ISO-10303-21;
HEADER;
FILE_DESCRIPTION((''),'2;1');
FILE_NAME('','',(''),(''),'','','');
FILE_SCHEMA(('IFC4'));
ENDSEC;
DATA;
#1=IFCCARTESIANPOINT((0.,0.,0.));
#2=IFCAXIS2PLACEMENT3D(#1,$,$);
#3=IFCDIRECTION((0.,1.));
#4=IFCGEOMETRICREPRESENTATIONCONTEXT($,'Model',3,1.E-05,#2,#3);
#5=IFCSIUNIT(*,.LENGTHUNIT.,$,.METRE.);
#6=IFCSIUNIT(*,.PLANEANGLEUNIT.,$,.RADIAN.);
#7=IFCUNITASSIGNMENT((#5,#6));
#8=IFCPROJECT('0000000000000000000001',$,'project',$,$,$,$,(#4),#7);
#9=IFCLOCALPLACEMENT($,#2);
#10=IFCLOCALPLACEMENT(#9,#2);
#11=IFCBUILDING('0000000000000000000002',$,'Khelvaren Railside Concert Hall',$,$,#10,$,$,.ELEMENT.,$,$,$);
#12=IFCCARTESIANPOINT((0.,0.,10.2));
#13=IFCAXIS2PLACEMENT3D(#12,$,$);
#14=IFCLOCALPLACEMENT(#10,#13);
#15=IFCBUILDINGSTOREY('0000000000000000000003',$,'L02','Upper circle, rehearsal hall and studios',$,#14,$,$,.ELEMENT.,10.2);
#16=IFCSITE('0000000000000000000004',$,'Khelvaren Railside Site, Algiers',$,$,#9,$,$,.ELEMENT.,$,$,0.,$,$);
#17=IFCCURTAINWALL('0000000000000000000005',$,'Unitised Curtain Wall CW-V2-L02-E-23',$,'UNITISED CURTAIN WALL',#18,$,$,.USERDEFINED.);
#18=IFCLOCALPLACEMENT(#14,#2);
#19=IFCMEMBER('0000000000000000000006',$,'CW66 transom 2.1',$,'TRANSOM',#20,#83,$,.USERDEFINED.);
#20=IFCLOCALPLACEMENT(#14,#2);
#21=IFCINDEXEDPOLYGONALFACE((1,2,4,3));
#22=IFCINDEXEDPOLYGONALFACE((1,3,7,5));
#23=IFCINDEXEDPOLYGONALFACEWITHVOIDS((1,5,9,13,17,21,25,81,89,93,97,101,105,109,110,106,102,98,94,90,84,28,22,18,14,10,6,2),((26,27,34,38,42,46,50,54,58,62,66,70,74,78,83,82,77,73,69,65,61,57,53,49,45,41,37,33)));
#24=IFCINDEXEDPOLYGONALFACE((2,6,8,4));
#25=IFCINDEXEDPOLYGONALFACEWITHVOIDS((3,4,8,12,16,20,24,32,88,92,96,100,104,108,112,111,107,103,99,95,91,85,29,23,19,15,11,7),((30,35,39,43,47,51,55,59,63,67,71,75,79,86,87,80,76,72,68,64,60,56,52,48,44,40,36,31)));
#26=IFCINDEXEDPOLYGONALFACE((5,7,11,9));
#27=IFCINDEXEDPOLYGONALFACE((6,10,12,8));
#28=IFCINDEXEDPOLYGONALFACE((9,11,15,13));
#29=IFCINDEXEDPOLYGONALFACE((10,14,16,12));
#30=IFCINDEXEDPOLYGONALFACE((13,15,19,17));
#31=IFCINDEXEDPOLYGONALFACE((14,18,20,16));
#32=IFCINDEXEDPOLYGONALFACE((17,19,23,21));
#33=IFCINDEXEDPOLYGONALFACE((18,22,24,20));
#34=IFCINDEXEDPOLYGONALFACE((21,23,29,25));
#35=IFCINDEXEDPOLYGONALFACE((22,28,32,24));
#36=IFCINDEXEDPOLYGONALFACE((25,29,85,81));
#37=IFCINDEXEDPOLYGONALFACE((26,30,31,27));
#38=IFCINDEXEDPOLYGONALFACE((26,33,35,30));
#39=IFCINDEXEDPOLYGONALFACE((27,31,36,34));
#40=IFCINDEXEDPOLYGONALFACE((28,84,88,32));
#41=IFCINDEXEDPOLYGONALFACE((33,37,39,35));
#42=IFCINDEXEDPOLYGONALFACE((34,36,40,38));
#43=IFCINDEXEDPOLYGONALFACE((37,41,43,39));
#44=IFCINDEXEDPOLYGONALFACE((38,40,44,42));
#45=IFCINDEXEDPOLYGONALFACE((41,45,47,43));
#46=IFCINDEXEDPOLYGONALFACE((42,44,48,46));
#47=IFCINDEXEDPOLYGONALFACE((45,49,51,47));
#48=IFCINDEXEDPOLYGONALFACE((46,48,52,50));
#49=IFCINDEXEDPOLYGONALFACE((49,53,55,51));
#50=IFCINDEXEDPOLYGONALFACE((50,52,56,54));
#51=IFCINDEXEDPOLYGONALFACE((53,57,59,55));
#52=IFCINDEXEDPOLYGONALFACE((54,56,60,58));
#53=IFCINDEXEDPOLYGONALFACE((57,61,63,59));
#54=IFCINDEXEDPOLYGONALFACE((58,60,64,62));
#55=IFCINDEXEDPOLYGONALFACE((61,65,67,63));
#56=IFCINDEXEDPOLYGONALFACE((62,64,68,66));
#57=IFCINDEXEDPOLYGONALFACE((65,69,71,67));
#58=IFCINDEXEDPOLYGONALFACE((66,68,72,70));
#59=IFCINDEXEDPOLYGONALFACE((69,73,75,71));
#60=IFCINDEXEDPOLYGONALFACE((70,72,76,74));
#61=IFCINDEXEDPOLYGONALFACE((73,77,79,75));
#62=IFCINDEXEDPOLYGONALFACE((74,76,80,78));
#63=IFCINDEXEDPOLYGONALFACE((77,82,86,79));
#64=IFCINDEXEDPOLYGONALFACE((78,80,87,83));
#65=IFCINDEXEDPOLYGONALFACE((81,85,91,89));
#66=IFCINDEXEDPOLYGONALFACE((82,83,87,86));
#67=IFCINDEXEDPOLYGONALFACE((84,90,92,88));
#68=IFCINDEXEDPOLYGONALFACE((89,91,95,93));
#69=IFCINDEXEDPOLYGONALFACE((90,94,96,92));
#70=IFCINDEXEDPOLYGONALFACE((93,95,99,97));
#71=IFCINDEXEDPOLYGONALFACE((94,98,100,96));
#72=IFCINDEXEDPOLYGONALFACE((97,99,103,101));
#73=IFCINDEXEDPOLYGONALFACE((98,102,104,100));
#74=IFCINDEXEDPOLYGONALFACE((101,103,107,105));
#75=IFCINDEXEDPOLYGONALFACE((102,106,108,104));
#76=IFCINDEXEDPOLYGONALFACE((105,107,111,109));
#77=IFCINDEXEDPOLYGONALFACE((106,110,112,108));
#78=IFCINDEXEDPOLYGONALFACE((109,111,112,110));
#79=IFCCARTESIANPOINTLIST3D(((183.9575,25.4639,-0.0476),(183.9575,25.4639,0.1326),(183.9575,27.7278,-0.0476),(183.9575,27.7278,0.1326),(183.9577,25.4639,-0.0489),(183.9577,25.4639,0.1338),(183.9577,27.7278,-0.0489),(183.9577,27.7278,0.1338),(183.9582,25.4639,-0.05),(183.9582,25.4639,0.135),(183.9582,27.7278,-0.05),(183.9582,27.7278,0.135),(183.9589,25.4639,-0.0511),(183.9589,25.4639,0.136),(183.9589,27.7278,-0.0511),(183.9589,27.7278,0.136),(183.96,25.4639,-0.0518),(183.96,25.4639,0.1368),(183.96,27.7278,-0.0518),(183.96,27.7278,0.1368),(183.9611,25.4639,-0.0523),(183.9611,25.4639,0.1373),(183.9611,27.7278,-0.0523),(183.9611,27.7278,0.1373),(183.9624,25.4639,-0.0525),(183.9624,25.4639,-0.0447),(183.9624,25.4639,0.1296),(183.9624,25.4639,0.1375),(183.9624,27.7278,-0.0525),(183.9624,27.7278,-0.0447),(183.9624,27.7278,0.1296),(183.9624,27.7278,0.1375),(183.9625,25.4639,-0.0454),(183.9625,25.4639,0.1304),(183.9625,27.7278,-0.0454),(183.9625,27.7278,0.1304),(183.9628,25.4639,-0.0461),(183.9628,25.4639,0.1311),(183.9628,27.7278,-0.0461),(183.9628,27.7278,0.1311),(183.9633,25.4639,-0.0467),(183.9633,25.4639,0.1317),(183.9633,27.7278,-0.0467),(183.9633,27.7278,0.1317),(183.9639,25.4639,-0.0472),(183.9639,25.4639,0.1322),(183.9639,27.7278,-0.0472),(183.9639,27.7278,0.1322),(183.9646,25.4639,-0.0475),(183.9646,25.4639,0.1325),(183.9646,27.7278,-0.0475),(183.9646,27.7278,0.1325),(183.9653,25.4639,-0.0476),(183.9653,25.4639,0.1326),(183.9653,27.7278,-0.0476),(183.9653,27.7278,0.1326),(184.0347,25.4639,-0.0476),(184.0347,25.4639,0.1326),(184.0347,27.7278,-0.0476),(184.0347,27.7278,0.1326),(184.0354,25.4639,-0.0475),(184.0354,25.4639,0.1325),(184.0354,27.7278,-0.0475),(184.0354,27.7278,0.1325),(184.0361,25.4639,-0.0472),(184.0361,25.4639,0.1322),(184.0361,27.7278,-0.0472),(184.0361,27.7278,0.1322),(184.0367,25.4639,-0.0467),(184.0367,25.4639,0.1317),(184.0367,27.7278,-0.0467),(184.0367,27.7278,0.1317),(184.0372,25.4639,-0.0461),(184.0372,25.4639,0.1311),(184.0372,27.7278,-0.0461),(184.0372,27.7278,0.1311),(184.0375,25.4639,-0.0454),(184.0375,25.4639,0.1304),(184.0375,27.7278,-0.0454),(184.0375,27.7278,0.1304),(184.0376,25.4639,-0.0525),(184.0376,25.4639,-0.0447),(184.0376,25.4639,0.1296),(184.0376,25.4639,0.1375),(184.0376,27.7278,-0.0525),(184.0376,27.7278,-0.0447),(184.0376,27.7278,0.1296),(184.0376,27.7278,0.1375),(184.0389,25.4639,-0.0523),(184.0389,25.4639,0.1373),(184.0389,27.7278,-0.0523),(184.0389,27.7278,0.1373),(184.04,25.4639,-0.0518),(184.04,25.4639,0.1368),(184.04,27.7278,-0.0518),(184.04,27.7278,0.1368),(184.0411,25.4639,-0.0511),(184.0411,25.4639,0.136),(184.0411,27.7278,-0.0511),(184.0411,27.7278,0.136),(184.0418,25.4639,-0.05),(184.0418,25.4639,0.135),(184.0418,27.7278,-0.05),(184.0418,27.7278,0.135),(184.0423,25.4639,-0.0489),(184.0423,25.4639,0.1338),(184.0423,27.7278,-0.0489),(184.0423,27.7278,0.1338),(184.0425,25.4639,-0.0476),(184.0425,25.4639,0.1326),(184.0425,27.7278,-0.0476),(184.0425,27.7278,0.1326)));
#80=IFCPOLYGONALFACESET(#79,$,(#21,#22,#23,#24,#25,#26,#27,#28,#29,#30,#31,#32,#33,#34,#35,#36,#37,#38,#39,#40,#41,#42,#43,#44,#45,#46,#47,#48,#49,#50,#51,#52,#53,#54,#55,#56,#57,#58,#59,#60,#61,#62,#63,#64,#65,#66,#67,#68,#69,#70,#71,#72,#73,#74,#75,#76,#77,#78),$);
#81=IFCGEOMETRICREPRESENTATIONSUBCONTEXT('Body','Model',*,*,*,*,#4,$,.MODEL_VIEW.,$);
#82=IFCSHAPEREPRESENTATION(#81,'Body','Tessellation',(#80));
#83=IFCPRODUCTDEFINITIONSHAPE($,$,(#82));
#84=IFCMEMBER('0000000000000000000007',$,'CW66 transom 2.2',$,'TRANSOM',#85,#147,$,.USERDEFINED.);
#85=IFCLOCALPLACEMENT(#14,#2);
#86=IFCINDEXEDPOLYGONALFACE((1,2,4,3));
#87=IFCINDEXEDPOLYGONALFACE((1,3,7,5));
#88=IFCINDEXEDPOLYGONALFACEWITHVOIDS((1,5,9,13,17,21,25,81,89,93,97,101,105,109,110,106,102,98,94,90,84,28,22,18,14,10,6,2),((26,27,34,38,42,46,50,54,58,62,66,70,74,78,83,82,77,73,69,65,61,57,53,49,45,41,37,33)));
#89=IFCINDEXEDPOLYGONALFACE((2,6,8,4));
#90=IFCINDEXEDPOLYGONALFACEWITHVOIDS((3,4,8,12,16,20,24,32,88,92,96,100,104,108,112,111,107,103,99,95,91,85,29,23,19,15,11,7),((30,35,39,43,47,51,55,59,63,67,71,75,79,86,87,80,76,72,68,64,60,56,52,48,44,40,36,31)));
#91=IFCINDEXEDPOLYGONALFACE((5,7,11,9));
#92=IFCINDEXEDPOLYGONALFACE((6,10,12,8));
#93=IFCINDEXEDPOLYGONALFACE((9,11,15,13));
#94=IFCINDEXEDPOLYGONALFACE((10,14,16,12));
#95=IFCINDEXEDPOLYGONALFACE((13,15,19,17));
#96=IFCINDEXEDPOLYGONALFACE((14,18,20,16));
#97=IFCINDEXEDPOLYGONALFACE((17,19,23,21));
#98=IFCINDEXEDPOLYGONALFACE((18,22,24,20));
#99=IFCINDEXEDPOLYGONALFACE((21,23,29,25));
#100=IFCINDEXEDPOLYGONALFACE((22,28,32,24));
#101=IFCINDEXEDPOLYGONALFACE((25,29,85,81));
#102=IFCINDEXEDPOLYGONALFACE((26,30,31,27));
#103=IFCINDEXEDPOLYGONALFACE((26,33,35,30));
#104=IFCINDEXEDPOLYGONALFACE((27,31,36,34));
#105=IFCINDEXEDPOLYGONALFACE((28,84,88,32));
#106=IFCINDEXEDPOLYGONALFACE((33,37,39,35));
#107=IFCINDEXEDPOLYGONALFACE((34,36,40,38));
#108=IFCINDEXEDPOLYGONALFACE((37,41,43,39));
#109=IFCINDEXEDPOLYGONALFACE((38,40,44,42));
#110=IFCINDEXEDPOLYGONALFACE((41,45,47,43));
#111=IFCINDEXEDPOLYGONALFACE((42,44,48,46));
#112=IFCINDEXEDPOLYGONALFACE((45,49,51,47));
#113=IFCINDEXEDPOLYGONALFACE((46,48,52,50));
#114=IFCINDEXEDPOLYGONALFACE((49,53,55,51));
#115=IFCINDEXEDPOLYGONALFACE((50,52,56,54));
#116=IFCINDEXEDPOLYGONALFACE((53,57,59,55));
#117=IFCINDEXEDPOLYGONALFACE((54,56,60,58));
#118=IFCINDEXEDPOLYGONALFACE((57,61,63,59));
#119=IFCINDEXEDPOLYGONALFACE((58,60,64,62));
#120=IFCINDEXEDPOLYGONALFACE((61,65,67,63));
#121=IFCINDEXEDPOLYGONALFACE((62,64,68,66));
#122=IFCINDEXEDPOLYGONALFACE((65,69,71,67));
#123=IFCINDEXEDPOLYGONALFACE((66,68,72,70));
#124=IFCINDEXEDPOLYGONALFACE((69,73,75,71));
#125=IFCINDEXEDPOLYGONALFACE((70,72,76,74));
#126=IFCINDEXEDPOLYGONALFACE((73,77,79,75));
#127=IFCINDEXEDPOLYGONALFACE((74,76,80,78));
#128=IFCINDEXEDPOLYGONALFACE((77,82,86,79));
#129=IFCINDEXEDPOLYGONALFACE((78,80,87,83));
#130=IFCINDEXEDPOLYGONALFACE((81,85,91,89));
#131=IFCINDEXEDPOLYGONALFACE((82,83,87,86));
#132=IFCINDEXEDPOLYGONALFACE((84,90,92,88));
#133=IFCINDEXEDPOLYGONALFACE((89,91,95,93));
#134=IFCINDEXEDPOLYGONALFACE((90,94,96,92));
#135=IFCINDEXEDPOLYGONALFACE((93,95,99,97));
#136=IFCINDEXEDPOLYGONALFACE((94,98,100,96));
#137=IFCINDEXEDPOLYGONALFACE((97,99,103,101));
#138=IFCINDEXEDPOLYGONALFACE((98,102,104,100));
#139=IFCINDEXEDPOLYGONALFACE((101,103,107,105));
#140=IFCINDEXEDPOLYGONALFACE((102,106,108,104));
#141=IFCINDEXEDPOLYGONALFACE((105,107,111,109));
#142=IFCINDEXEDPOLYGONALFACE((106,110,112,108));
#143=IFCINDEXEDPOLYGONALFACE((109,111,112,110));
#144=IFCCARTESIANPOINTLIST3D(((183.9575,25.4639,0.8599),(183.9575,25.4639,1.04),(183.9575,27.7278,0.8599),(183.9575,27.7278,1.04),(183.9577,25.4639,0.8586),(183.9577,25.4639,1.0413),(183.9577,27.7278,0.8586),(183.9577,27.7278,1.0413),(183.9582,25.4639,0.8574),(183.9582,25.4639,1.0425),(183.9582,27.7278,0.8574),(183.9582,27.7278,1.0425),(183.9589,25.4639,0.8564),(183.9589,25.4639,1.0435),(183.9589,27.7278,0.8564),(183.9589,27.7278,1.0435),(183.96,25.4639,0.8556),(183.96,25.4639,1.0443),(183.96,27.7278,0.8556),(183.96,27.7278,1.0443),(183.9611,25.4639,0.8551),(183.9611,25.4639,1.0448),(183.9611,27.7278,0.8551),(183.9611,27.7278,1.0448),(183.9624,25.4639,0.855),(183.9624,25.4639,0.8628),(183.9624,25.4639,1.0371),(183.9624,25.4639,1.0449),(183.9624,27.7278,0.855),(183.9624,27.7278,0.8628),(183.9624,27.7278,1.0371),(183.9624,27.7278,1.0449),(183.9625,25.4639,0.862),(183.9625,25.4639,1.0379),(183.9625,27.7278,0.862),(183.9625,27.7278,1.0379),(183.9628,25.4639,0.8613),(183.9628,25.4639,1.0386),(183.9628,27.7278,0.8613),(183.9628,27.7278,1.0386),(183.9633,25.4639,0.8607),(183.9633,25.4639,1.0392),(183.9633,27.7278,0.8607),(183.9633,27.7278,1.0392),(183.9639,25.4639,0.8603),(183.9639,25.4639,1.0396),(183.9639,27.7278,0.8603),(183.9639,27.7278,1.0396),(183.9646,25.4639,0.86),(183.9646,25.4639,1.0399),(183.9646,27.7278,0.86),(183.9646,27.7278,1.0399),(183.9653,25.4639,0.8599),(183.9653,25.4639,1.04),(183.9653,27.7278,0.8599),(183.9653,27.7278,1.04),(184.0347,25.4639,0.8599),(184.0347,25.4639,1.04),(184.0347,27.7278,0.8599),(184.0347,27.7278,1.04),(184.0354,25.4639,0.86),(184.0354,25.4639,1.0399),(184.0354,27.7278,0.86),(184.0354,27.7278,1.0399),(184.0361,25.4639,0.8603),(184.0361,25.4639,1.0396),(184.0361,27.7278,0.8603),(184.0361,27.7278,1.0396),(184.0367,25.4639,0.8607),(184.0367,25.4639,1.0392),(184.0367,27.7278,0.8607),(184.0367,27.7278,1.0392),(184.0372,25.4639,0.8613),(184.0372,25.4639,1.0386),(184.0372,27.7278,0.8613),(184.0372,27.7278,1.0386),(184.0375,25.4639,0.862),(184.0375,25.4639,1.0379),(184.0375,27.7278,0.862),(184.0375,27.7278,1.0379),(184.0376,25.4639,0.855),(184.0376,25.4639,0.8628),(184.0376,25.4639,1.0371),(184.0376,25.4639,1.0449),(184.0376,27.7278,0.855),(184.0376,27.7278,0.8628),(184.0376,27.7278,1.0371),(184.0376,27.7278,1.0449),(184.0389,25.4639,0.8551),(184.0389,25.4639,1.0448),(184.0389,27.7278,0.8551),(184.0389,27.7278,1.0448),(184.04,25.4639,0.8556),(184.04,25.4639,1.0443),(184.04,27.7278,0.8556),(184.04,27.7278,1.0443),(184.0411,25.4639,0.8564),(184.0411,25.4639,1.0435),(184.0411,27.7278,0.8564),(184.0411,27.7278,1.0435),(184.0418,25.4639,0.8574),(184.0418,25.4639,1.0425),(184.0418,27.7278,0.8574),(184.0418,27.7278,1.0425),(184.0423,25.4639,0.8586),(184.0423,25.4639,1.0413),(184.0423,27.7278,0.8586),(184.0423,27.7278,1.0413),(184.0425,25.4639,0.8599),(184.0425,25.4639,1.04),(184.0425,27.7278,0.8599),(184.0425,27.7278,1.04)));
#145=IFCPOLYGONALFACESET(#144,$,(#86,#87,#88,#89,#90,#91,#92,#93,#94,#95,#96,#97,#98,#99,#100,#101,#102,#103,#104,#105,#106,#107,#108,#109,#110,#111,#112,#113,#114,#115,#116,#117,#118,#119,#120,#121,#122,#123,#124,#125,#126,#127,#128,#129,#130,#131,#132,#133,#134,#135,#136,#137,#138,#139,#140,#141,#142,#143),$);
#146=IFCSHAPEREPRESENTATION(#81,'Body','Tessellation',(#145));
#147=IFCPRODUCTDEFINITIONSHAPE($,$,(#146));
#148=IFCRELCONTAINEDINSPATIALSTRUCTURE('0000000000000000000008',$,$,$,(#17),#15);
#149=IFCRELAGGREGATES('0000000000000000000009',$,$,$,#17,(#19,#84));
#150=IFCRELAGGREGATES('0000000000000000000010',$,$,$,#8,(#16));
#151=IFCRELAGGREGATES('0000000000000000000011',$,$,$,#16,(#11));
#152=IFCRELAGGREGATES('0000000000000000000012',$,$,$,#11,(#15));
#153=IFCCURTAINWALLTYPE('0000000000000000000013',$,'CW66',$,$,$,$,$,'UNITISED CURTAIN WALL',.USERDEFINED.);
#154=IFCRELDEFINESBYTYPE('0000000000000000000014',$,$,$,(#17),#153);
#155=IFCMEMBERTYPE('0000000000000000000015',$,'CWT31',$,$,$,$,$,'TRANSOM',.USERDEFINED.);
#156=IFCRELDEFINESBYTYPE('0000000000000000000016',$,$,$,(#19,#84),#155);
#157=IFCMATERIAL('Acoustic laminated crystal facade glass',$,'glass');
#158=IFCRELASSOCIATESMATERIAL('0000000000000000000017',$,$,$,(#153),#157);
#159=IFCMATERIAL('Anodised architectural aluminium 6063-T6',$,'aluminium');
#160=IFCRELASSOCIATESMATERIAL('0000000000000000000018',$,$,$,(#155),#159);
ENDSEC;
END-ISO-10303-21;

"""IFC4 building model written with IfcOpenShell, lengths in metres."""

from ifc_helpers import new_model, si_unit, direction, frame, origin, origin_2d, place, context, subcontext, project, spatial, hollow_rectangle, extrude, material, material_profile, profile_set, type_object, element, aggregate, save


model = new_model("IFC4")

# Units and contexts
model_context = context("Model", 3, precision=1e-05, world=origin(), true_north=direction((0.0, 1.0)))
body_context = subcontext(model_context, "Body", "Model", "MODEL_VIEW")
ifc_project = project(units=[si_unit("LENGTHUNIT", "METRE"), si_unit("PLANEANGLEUNIT", "RADIAN")], contexts=[model_context])

# Site, building, storey
site_placement = place(None, origin())
site = spatial("IfcSite", under=ifc_project, at=site_placement, Name="Khelvaren Railside Site, Algiers", CompositionType="ELEMENT", RefElevation=0.0)
building_placement = place(site_placement, origin())
building = spatial("IfcBuilding", under=site, at=building_placement, Name="Khelvaren Railside Concert Hall", CompositionType="ELEMENT")
storey_placement = place(building_placement, frame((0.0, 0.0, 10.2)))
storey = spatial("IfcBuildingStorey", under=building, at=storey_placement, Name="L02", Description="Upper circle, rehearsal hall and studios", CompositionType="ELEMENT", Elevation=10.2)

# Curtain wall, members
ifc_material_1 = material(Name="Acoustic laminated crystal facade glass", Category="glass")
curtain_wall_type = type_object("IfcCurtainWallType", Name="CW66", ElementType="UNITISED CURTAIN WALL", PredefinedType="USERDEFINED", material=ifc_material_1)
curtain_wall_placement = place(storey_placement, origin())
curtain_wall = element("IfcCurtainWall", 1, at=curtain_wall_placement, inside=storey, type_object=curtain_wall_type, Name="Unitised Curtain Wall CW-V2-L02-E-23", ObjectType="UNITISED CURTAIN WALL", PredefinedType="USERDEFINED")
ifc_material_2 = material(Name="Anodised architectural aluminium 6063-T6", Category="aluminium")
ifc_material_profile_1 = material_profile(ifc_material_2, hollow_rectangle(XDim=0.085, YDim=0.1899, WallThickness=0.0049, InnerFilletRadius=0.0029, OuterFilletRadius=0.0049, at=origin_2d()), Name="CWT 85x190x5")
ifc_profile_set_1 = profile_set([ifc_material_profile_1], Name="Anodised architectural aluminium 6063-T6")
member_type_1 = type_object("IfcMemberType", Name="CWT31", ElementType="TRANSOM", PredefinedType="USERDEFINED", material=ifc_profile_set_1)
member_1_placement = place(storey_placement, frame((184.0, 27.7278, 0.0425), z_axis=(0.0, -1.0, 0.0), x_axis=(1.0, 0.0, 0.0)))
member_1 = element("IfcMember", 2, at=member_1_placement, type_object=member_type_1, Name="CW66 transom 2.1", ObjectType="TRANSOM", PredefinedType="USERDEFINED", context=body_context, shape_type="SweptSolid", body=[
    extrude(hollow_rectangle(XDim=0.085, YDim=0.1899, WallThickness=0.0049, InnerFilletRadius=0.0029, OuterFilletRadius=0.0049, at=origin_2d()), origin(), (0.0, 0.0, 1.0), 2.2639),
])
member_2_placement = place(storey_placement, frame((184.0, 27.7278, 0.95), z_axis=(0.0, -1.0, 0.0), x_axis=(1.0, 0.0, 0.0)))
member_2 = element("IfcMember", 3, at=member_2_placement, type_object=member_type_1, Name="CW66 transom 2.2", ObjectType="TRANSOM", PredefinedType="USERDEFINED", context=body_context, shape_type="SweptSolid", body=[
    extrude(hollow_rectangle(XDim=0.085, YDim=0.1899, WallThickness=0.0049, InnerFilletRadius=0.0029, OuterFilletRadius=0.0049, at=origin_2d()), origin(), (0.0, 0.0, 1.0), 2.2639),
])

aggregate(curtain_wall, [member_1, member_2])

save(model, "model.ifc")
